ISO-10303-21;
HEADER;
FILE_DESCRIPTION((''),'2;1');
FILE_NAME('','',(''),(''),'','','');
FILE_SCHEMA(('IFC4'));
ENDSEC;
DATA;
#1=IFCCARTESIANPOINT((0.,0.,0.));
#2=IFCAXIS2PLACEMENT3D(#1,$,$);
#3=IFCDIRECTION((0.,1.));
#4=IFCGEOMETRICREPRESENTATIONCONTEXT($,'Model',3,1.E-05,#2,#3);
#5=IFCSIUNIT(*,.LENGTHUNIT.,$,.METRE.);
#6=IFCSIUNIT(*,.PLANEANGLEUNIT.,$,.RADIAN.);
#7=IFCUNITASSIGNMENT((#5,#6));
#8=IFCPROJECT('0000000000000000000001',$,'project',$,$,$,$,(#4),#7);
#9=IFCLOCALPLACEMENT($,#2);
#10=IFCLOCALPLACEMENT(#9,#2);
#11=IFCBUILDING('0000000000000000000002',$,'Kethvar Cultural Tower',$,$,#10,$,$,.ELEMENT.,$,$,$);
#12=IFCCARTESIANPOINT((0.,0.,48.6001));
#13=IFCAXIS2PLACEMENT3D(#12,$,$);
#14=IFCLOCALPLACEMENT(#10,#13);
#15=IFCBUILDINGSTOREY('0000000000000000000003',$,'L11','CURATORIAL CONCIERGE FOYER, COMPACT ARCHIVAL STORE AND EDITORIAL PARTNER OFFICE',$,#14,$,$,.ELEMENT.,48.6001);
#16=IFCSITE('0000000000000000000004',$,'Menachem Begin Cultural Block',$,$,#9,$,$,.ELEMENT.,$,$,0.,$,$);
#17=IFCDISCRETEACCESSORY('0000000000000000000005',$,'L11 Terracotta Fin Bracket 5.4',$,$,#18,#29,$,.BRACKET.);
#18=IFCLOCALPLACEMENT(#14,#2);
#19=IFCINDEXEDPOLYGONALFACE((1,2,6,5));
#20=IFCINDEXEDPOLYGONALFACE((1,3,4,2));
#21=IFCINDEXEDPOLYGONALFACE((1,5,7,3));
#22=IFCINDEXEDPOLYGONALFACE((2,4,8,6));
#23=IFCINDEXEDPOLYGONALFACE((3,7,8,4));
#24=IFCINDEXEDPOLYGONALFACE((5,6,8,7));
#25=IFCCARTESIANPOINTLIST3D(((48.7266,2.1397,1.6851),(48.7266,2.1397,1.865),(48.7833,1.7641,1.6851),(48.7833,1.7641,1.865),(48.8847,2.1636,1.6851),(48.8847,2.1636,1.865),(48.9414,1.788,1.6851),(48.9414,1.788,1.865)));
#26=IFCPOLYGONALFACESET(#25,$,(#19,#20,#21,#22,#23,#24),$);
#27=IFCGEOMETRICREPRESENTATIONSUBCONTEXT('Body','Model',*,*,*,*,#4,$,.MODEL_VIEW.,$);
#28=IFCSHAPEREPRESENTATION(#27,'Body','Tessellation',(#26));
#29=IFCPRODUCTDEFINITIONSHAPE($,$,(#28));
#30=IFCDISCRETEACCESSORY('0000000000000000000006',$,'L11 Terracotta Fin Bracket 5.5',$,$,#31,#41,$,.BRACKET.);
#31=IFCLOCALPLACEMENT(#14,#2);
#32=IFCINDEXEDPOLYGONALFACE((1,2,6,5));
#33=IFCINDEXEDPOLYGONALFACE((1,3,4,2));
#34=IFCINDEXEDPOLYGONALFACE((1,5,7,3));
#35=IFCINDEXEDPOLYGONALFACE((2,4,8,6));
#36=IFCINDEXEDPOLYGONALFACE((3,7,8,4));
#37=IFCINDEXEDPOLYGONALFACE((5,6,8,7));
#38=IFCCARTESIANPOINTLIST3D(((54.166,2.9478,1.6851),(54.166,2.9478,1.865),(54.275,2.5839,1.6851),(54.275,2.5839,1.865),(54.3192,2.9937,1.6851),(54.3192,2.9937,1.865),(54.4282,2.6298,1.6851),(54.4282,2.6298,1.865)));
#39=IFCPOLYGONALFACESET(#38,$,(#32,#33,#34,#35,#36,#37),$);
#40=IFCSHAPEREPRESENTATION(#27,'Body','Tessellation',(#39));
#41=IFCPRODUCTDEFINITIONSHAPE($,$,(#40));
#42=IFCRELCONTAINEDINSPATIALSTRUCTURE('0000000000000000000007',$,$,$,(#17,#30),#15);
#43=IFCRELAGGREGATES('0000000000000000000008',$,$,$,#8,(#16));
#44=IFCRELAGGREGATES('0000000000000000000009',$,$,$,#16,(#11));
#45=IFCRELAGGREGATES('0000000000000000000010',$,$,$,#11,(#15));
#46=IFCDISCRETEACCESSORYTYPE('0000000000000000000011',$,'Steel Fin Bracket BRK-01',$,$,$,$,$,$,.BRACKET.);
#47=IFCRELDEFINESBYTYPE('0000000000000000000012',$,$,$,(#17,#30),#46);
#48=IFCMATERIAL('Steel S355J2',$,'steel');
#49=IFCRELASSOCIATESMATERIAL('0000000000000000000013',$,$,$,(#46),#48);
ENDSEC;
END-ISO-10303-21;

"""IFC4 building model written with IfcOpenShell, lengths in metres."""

from ifc_helpers import new_model, si_unit, direction, frame, origin, origin_2d, place, context, subcontext, project, spatial, rectangle, extrude, source, transform, mapped, material, type_object, element, save


model = new_model("IFC4")

# Units and contexts
model_context = context("Model", 3, precision=1e-05, world=origin(), true_north=direction((0.0, 1.0)))
body_context = subcontext(model_context, "Body", "Model", "MODEL_VIEW")
ifc_project = project(units=[si_unit("LENGTHUNIT", "METRE"), si_unit("PLANEANGLEUNIT", "RADIAN")], contexts=[model_context])

# Site, building, storey
site_placement = place(None, origin())
site = spatial("IfcSite", under=ifc_project, at=site_placement, Name="Menachem Begin Cultural Block", CompositionType="ELEMENT", RefElevation=0.0)
building_placement = place(site_placement, origin())
building = spatial("IfcBuilding", under=site, at=building_placement, Name="Kethvar Cultural Tower", CompositionType="ELEMENT")
storey_placement = place(building_placement, frame((0.0, 0.0, 48.6001)))
storey = spatial("IfcBuildingStorey", under=building, at=storey_placement, Name="L11", Description="CURATORIAL CONCIERGE FOYER, COMPACT ARCHIVAL STORE AND EDITORIAL PARTNER OFFICE", CompositionType="ELEMENT", Elevation=48.6001)

# Shared definitions
ifc_material_1 = material(Name="Steel S355J2", Category="steel")

# Discrete accessories
discrete_accessory_type = type_object("IfcDiscreteAccessoryType", Name="Steel Fin Bracket BRK-01", PredefinedType="BRACKET", material=ifc_material_1)
shared_shape_1 = source(origin(), body_context, "Body", "SweptSolid", [
    extrude(rectangle(XDim=0.3799, YDim=0.1599, at=origin_2d()), origin(), (0.0, 0.0, 1.0), 0.1799),
])
for number, where, z_axis, x_axis, name in (
    (1, (48.834, 1.9639, 1.6851), (0.0, 0.0, 1.0), (0.149363, -0.988782, 0.0), "L11 Terracotta Fin Bracket 5.4"),
    (2, (54.2971, 2.7888, 1.6851), (0.0, 0.0, 1.0), (0.286859, -0.957973, 0.0), "L11 Terracotta Fin Bracket 5.5"),
):
    element("IfcDiscreteAccessory", number, at=place(storey_placement, frame(where, z_axis=z_axis, x_axis=x_axis)), inside=storey, type_object=discrete_accessory_type, Name=name, PredefinedType="BRACKET", context=body_context, shape_type="MappedRepresentation", body=[
        mapped(shared_shape_1, transform((0.0, 0.0, 0.0), scale=1.0)),
    ])

save(model, "model.ifc")
